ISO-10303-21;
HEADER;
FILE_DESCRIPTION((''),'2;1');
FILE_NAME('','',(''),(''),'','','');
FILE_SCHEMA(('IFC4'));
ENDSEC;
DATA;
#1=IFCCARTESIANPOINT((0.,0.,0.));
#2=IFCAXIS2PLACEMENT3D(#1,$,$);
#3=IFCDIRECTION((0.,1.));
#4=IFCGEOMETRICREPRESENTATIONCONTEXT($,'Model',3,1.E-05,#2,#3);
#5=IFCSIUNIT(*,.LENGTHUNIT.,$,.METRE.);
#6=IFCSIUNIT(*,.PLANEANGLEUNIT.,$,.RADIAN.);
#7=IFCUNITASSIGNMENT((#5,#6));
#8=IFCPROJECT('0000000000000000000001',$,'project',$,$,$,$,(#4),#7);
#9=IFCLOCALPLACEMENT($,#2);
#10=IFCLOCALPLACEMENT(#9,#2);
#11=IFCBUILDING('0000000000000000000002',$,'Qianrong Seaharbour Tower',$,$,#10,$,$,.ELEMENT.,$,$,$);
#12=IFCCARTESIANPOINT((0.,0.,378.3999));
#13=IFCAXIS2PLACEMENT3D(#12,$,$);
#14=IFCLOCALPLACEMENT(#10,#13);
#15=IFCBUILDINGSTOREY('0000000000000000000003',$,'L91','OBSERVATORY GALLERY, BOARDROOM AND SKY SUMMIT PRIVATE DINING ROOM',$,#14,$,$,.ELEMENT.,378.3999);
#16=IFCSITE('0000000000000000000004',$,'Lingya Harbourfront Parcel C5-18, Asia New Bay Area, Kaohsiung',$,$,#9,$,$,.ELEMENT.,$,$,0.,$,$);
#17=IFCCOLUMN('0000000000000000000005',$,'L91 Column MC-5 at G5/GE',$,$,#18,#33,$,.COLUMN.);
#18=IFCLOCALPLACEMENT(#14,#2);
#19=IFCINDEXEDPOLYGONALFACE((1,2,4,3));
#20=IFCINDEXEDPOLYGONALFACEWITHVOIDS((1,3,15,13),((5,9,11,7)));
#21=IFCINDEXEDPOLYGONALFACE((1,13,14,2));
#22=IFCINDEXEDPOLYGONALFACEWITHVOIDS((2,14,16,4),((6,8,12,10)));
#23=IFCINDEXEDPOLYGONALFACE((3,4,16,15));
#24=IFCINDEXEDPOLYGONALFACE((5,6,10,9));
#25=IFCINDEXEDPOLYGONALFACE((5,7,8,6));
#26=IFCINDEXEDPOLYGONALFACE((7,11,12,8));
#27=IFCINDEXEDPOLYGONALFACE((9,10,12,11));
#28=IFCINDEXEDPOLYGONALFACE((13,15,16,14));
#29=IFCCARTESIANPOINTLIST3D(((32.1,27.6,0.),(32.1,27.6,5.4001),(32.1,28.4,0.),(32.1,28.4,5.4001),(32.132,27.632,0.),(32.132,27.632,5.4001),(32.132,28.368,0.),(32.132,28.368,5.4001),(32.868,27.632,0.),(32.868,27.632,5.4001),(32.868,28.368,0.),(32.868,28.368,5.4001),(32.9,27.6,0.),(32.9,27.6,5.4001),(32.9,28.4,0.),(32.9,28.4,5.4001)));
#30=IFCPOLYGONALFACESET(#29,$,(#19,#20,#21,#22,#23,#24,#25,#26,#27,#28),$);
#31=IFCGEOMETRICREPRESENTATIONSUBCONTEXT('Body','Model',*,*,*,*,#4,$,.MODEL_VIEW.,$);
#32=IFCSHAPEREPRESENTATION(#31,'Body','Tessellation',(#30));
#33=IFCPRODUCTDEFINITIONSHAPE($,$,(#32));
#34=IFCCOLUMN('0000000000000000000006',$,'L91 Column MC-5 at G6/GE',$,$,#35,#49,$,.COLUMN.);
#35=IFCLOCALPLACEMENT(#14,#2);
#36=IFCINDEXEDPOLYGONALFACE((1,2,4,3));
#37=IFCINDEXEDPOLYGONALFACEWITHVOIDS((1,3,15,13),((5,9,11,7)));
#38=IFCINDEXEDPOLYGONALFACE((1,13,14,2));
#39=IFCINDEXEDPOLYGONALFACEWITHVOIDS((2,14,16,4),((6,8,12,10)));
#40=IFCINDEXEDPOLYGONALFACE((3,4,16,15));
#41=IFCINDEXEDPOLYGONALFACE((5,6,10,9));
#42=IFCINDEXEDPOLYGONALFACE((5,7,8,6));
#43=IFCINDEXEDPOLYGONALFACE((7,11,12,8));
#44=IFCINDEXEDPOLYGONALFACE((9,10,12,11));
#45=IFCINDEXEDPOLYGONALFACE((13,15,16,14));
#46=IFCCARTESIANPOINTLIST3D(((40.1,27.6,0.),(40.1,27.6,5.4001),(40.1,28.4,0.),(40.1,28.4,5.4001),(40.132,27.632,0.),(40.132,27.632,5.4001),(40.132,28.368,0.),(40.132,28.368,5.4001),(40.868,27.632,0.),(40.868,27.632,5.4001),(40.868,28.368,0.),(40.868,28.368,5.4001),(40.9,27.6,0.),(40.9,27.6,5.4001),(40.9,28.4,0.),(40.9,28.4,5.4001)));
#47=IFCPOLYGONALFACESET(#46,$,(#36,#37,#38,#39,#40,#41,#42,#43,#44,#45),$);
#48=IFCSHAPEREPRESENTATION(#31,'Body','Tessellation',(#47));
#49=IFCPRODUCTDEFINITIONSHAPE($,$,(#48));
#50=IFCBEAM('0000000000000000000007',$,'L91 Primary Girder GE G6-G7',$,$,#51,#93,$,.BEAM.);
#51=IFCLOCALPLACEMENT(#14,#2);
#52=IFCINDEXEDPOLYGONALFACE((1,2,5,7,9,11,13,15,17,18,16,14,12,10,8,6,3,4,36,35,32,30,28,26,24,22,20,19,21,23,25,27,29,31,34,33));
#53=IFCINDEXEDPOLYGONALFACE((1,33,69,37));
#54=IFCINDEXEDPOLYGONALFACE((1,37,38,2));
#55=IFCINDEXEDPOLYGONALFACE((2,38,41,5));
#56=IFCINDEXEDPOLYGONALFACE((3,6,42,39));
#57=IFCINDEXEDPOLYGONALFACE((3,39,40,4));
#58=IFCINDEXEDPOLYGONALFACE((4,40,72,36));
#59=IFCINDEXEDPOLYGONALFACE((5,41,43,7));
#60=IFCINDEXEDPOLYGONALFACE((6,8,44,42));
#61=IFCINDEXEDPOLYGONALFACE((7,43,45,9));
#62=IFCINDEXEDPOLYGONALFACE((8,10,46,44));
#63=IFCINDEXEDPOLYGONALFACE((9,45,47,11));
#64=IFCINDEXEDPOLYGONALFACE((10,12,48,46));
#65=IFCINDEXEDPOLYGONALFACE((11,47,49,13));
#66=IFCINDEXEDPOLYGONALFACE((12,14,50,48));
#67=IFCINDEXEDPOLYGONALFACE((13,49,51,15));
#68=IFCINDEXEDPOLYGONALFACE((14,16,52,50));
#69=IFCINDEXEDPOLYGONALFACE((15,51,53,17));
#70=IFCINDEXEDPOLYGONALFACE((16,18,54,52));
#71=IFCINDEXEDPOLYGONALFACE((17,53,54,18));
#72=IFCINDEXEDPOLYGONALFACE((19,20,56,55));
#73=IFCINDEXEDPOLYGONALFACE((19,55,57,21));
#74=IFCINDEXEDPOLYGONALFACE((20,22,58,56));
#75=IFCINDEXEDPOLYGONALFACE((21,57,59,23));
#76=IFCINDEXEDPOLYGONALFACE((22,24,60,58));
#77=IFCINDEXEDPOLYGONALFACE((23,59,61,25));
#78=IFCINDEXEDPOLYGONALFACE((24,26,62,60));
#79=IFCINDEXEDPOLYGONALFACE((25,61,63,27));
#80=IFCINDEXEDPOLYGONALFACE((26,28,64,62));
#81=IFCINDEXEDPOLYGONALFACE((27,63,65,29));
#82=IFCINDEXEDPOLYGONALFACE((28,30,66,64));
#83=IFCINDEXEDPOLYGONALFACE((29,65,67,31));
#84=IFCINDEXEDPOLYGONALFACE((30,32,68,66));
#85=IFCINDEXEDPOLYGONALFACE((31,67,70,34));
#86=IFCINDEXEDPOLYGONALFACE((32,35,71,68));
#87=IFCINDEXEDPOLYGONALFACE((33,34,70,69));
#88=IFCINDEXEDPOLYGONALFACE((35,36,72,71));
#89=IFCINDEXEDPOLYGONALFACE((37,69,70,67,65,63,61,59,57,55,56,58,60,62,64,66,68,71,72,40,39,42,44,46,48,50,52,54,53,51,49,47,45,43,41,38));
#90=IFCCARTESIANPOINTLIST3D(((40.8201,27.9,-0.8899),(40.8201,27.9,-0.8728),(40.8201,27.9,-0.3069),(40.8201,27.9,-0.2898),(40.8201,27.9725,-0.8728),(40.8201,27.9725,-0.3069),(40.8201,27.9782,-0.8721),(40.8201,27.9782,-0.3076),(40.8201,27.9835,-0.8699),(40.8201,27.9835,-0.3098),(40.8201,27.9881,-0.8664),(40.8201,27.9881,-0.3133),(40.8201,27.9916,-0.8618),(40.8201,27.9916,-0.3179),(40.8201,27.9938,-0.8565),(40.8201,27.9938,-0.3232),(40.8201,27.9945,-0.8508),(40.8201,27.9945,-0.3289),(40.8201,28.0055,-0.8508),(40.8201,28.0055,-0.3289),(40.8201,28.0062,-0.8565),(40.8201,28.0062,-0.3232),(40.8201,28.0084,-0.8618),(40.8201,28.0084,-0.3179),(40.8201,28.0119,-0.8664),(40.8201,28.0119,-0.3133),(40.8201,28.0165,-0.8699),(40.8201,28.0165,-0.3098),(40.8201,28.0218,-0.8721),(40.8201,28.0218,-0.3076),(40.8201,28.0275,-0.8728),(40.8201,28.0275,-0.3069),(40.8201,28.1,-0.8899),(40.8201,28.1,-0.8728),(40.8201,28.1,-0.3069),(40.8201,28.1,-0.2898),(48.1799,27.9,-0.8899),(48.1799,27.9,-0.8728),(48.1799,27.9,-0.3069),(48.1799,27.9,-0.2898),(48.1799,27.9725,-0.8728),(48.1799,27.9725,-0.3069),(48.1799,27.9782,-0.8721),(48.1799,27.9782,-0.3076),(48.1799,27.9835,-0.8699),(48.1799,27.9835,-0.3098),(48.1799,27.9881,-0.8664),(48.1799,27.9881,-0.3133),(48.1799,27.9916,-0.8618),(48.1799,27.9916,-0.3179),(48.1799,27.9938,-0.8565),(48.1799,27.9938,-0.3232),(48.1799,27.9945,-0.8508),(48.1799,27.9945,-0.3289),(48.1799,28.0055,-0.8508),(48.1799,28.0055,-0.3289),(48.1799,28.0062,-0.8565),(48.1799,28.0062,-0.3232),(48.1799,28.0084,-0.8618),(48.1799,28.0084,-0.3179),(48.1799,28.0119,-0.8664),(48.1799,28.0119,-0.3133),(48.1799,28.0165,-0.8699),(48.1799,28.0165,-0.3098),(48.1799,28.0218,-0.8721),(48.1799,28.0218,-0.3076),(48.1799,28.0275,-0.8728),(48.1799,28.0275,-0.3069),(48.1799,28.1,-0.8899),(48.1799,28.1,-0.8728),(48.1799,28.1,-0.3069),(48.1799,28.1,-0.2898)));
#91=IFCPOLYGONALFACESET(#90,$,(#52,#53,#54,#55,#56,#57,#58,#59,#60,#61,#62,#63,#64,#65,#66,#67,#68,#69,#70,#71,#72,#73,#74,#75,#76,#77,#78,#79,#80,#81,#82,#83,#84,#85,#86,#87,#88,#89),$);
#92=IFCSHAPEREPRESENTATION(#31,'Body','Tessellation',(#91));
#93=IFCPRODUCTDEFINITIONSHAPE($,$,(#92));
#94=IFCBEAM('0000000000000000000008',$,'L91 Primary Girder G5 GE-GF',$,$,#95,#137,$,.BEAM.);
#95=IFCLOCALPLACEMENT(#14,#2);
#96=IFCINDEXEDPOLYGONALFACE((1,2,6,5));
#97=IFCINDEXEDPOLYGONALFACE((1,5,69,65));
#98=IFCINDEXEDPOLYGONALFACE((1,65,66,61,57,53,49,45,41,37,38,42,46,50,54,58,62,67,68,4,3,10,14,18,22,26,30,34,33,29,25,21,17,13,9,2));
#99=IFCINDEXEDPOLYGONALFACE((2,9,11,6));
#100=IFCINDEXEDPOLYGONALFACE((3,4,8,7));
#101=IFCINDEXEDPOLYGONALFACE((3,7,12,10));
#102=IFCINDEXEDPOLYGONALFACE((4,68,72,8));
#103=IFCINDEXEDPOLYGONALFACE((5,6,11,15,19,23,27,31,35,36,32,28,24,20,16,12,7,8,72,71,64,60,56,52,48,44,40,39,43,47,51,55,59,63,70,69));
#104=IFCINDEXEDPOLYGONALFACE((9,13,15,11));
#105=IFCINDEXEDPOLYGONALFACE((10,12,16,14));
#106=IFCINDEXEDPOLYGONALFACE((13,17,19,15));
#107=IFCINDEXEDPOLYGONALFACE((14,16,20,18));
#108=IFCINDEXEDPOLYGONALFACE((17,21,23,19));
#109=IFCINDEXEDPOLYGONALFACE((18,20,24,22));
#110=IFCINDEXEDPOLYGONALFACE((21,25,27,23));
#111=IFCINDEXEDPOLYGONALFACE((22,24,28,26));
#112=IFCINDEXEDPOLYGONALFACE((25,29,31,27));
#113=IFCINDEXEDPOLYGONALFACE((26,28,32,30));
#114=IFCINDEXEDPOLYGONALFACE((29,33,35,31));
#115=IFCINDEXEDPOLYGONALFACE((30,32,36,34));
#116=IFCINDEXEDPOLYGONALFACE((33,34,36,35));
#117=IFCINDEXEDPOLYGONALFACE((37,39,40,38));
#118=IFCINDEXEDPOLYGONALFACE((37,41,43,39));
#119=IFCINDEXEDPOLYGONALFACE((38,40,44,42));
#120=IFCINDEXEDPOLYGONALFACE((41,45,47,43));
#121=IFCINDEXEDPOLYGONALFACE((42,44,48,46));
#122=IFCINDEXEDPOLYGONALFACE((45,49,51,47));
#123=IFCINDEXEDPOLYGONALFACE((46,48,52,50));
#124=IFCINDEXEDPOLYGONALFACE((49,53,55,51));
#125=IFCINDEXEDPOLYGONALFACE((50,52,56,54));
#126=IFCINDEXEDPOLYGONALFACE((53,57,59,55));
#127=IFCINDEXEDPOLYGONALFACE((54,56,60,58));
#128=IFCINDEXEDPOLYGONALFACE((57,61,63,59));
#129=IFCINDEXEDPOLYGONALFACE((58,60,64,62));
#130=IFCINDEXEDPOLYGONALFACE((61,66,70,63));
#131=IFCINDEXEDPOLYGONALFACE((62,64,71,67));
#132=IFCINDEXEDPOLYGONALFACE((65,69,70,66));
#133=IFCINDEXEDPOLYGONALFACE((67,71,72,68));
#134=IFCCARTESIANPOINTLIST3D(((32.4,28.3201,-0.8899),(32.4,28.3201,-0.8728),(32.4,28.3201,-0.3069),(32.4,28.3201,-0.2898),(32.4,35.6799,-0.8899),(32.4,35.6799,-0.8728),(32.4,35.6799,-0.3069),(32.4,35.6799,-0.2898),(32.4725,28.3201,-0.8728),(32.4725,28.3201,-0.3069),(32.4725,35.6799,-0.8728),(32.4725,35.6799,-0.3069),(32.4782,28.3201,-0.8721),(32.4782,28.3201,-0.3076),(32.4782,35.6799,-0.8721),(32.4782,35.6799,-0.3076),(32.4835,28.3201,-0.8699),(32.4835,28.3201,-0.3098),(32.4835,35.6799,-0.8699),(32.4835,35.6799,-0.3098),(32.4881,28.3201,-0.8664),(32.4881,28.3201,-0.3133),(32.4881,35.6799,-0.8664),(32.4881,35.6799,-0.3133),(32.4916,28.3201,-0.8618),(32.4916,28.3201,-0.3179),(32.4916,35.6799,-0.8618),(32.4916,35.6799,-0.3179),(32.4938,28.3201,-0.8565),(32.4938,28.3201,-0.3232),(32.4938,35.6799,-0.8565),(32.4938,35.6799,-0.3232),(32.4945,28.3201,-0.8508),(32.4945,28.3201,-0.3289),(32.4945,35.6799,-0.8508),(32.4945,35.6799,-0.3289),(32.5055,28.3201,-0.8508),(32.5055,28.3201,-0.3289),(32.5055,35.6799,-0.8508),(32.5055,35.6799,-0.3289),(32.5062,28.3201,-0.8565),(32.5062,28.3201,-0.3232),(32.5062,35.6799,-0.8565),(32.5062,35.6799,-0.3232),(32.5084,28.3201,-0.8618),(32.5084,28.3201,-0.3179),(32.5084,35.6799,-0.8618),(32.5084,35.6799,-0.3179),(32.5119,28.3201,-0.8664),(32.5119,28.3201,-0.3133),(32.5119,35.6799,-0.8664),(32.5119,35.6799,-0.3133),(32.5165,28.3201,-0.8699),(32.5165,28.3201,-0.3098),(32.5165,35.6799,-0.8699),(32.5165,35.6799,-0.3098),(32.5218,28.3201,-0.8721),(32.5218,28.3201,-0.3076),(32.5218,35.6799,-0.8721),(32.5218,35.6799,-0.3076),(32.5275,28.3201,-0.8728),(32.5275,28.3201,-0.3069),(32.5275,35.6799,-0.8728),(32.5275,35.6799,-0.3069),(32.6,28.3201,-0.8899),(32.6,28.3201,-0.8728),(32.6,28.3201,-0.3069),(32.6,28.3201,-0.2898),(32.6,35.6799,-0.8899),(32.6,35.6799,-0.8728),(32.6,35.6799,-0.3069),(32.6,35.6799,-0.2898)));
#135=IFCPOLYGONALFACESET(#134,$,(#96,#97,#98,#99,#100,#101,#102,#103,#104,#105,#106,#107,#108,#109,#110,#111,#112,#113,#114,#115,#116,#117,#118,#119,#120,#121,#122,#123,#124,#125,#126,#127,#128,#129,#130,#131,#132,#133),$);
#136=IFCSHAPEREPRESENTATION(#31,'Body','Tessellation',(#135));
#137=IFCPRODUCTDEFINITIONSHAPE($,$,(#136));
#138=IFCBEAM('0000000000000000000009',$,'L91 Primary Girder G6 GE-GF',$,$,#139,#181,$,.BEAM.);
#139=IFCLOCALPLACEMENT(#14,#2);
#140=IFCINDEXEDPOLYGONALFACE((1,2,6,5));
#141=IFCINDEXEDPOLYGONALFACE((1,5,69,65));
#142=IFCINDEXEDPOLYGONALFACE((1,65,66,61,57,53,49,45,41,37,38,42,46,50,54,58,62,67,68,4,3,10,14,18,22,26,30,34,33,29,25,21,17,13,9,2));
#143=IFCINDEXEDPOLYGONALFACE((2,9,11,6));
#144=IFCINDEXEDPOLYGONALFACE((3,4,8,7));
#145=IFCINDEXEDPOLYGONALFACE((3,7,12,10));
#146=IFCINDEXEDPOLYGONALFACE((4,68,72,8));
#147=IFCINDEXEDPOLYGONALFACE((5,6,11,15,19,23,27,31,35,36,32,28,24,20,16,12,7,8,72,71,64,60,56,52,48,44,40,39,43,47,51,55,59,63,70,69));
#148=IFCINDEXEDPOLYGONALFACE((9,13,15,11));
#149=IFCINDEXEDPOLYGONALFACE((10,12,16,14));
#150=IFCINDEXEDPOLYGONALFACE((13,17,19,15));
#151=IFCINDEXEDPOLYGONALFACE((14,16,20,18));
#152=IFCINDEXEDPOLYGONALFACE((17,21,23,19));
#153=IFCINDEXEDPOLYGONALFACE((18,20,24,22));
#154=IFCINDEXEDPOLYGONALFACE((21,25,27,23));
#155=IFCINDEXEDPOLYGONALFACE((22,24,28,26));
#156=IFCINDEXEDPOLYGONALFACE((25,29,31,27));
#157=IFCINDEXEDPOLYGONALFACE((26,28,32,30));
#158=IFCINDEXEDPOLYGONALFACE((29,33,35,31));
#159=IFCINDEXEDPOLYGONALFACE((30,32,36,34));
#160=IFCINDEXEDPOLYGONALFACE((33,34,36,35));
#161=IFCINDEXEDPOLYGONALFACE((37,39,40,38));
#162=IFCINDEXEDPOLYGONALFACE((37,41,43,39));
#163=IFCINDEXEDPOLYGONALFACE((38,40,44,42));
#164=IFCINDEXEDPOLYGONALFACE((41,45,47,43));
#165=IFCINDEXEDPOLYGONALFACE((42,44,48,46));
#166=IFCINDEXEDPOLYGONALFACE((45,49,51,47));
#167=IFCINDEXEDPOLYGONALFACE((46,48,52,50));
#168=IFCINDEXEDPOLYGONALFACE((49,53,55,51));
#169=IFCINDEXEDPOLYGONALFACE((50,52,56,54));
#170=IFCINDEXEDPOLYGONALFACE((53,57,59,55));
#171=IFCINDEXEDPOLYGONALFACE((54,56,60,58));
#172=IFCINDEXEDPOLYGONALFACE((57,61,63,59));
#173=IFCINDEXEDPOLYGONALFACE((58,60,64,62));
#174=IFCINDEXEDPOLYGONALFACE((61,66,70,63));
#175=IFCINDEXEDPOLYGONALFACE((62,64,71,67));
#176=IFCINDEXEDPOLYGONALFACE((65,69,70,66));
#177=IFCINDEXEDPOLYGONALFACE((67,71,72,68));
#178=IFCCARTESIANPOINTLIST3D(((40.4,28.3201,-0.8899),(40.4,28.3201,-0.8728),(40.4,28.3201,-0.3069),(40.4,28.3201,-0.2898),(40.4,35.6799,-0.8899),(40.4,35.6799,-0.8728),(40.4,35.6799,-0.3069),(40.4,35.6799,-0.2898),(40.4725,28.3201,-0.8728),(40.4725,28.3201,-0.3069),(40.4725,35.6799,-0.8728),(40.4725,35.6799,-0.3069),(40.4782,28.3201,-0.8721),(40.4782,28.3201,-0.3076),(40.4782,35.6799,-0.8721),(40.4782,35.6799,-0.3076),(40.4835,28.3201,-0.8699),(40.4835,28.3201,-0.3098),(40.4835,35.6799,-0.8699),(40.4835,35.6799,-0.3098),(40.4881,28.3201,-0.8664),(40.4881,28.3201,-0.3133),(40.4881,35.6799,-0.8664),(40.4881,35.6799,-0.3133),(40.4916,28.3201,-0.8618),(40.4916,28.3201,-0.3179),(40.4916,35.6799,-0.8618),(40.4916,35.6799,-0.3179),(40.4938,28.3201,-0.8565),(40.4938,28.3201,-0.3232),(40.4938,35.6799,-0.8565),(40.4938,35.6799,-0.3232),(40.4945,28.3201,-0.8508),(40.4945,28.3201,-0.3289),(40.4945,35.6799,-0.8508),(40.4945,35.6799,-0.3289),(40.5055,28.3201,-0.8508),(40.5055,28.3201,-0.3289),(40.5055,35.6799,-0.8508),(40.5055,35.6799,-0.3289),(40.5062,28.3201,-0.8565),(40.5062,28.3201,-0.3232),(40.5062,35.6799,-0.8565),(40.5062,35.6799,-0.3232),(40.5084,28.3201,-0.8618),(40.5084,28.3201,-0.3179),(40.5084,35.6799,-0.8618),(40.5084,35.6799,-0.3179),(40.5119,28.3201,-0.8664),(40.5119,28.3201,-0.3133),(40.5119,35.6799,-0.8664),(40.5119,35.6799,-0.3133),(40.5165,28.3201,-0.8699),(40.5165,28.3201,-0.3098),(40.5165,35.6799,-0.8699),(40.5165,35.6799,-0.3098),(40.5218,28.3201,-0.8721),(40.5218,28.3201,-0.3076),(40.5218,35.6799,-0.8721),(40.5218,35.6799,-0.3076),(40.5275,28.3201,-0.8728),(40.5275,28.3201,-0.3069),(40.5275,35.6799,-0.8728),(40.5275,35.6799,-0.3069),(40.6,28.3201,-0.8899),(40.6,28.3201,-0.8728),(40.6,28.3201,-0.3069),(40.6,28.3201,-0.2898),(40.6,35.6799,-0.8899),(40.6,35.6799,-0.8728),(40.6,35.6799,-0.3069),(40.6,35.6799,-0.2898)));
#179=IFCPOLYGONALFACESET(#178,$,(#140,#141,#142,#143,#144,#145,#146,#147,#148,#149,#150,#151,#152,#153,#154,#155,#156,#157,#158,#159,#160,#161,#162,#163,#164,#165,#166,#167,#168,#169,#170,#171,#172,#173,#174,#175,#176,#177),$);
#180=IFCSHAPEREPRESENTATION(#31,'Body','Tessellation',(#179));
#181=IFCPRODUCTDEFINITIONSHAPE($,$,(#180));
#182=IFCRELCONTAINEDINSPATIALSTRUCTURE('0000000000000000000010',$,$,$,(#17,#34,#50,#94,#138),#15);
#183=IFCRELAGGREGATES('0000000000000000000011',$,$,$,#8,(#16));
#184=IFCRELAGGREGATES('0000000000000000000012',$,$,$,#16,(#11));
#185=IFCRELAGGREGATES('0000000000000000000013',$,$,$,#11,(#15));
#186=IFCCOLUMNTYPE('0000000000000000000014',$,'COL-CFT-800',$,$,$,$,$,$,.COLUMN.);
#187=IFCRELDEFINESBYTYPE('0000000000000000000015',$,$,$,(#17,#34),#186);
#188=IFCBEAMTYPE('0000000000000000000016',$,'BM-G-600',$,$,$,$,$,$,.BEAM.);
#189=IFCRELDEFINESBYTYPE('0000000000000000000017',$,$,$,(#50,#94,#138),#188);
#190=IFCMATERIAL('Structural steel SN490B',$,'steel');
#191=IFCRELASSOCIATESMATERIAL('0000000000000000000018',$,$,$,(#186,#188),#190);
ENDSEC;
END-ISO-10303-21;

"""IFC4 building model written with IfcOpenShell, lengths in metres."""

from ifc_helpers import new_model, si_unit, direction, frame, origin, origin_2d, place, context, subcontext, project, spatial, hollow_rectangle, i_section, extrude, material, material_profile, profile_set, type_object, element, save


model = new_model("IFC4")

# Units and contexts
model_context = context("Model", 3, precision=1e-05, world=origin(), true_north=direction((0.0, 1.0)))
body_context = subcontext(model_context, "Body", "Model", "MODEL_VIEW")
ifc_project = project(units=[si_unit("LENGTHUNIT", "METRE"), si_unit("PLANEANGLEUNIT", "RADIAN")], contexts=[model_context])

# Site, building, storey
site_placement = place(None, origin())
site = spatial("IfcSite", under=ifc_project, at=site_placement, Name="Lingya Harbourfront Parcel C5-18, Asia New Bay Area, Kaohsiung", CompositionType="ELEMENT", RefElevation=0.0)
building_placement = place(site_placement, origin())
building = spatial("IfcBuilding", under=site, at=building_placement, Name="Qianrong Seaharbour Tower", CompositionType="ELEMENT")
storey_placement = place(building_placement, frame((0.0, 0.0, 378.3999)))
storey = spatial("IfcBuildingStorey", under=building, at=storey_placement, Name="L91", Description="OBSERVATORY GALLERY, BOARDROOM AND SKY SUMMIT PRIVATE DINING ROOM", CompositionType="ELEMENT", Elevation=378.3999)

# Columns
ifc_material_1 = material(Name="Structural steel SN490B", Category="steel")
ifc_material_profile_1 = material_profile(ifc_material_1, hollow_rectangle(XDim=0.8, YDim=0.8, WallThickness=0.032, at=origin_2d()), Name="BOX800x800x32")
ifc_profile_set_1 = profile_set([ifc_material_profile_1], Name="Structural steel SN490B")
column_type = type_object("IfcColumnType", Name="COL-CFT-800", PredefinedType="COLUMN", material=ifc_profile_set_1)
for number, where, z_axis, x_axis, name in (
    (1, (32.5, 28.0, 0.0), (0.0, 0.0, 1.0), (1.0, 0.0, 0.0), "L91 Column MC-5 at G5/GE"),
    (2, (40.5, 28.0, 0.0), (0.0, 0.0, 1.0), (1.0, 0.0, 0.0), "L91 Column MC-5 at G6/GE"),
):
    element("IfcColumn", number, at=place(storey_placement, frame(where, z_axis=z_axis, x_axis=x_axis)), inside=storey, type_object=column_type, Name=name, PredefinedType="COLUMN", context=body_context, shape_type="SweptSolid", body=[
        extrude(hollow_rectangle(XDim=0.8, YDim=0.8, WallThickness=0.032, at=origin_2d()), origin(), (0.0, 0.0, 1.0), 5.4001),
    ])

# Beams
ifc_material_profile_2 = material_profile(ifc_material_1, i_section(OverallWidth=0.2, OverallDepth=0.6001, WebThickness=0.011, FlangeThickness=0.0171, FilletRadius=0.022, at=origin_2d()), Name="H600x200x11x17")
ifc_profile_set_2 = profile_set([ifc_material_profile_2], Name="Structural steel SN490B")
beam_type_1 = type_object("IfcBeamType", Name="BM-G-600", PredefinedType="BEAM", material=ifc_profile_set_2)
for number, where, z_axis, x_axis, name in (
    (3, (40.8201, 28.0, -0.5898), (1.0, 0.0, 0.0), (0.0, 1.0, 0.0), "L91 Primary Girder GE G6-G7"),
    (4, (32.5, 28.3201, -0.5898), (0.0, 1.0, 0.0), (-1.0, 0.0, 0.0), "L91 Primary Girder G5 GE-GF"),
    (5, (40.5, 28.3201, -0.5898), (0.0, 1.0, 0.0), (-1.0, 0.0, 0.0), "L91 Primary Girder G6 GE-GF"),
):
    element("IfcBeam", number, at=place(storey_placement, frame(where, z_axis=z_axis, x_axis=x_axis)), inside=storey, type_object=beam_type_1, Name=name, PredefinedType="BEAM", context=body_context, shape_type="SweptSolid", body=[
        extrude(i_section(OverallWidth=0.2, OverallDepth=0.6001, WebThickness=0.011, FlangeThickness=0.0171, FilletRadius=0.022, at=origin_2d()), origin(), (0.0, 0.0, 1.0), 7.3599),
    ])

save(model, "model.ifc")
